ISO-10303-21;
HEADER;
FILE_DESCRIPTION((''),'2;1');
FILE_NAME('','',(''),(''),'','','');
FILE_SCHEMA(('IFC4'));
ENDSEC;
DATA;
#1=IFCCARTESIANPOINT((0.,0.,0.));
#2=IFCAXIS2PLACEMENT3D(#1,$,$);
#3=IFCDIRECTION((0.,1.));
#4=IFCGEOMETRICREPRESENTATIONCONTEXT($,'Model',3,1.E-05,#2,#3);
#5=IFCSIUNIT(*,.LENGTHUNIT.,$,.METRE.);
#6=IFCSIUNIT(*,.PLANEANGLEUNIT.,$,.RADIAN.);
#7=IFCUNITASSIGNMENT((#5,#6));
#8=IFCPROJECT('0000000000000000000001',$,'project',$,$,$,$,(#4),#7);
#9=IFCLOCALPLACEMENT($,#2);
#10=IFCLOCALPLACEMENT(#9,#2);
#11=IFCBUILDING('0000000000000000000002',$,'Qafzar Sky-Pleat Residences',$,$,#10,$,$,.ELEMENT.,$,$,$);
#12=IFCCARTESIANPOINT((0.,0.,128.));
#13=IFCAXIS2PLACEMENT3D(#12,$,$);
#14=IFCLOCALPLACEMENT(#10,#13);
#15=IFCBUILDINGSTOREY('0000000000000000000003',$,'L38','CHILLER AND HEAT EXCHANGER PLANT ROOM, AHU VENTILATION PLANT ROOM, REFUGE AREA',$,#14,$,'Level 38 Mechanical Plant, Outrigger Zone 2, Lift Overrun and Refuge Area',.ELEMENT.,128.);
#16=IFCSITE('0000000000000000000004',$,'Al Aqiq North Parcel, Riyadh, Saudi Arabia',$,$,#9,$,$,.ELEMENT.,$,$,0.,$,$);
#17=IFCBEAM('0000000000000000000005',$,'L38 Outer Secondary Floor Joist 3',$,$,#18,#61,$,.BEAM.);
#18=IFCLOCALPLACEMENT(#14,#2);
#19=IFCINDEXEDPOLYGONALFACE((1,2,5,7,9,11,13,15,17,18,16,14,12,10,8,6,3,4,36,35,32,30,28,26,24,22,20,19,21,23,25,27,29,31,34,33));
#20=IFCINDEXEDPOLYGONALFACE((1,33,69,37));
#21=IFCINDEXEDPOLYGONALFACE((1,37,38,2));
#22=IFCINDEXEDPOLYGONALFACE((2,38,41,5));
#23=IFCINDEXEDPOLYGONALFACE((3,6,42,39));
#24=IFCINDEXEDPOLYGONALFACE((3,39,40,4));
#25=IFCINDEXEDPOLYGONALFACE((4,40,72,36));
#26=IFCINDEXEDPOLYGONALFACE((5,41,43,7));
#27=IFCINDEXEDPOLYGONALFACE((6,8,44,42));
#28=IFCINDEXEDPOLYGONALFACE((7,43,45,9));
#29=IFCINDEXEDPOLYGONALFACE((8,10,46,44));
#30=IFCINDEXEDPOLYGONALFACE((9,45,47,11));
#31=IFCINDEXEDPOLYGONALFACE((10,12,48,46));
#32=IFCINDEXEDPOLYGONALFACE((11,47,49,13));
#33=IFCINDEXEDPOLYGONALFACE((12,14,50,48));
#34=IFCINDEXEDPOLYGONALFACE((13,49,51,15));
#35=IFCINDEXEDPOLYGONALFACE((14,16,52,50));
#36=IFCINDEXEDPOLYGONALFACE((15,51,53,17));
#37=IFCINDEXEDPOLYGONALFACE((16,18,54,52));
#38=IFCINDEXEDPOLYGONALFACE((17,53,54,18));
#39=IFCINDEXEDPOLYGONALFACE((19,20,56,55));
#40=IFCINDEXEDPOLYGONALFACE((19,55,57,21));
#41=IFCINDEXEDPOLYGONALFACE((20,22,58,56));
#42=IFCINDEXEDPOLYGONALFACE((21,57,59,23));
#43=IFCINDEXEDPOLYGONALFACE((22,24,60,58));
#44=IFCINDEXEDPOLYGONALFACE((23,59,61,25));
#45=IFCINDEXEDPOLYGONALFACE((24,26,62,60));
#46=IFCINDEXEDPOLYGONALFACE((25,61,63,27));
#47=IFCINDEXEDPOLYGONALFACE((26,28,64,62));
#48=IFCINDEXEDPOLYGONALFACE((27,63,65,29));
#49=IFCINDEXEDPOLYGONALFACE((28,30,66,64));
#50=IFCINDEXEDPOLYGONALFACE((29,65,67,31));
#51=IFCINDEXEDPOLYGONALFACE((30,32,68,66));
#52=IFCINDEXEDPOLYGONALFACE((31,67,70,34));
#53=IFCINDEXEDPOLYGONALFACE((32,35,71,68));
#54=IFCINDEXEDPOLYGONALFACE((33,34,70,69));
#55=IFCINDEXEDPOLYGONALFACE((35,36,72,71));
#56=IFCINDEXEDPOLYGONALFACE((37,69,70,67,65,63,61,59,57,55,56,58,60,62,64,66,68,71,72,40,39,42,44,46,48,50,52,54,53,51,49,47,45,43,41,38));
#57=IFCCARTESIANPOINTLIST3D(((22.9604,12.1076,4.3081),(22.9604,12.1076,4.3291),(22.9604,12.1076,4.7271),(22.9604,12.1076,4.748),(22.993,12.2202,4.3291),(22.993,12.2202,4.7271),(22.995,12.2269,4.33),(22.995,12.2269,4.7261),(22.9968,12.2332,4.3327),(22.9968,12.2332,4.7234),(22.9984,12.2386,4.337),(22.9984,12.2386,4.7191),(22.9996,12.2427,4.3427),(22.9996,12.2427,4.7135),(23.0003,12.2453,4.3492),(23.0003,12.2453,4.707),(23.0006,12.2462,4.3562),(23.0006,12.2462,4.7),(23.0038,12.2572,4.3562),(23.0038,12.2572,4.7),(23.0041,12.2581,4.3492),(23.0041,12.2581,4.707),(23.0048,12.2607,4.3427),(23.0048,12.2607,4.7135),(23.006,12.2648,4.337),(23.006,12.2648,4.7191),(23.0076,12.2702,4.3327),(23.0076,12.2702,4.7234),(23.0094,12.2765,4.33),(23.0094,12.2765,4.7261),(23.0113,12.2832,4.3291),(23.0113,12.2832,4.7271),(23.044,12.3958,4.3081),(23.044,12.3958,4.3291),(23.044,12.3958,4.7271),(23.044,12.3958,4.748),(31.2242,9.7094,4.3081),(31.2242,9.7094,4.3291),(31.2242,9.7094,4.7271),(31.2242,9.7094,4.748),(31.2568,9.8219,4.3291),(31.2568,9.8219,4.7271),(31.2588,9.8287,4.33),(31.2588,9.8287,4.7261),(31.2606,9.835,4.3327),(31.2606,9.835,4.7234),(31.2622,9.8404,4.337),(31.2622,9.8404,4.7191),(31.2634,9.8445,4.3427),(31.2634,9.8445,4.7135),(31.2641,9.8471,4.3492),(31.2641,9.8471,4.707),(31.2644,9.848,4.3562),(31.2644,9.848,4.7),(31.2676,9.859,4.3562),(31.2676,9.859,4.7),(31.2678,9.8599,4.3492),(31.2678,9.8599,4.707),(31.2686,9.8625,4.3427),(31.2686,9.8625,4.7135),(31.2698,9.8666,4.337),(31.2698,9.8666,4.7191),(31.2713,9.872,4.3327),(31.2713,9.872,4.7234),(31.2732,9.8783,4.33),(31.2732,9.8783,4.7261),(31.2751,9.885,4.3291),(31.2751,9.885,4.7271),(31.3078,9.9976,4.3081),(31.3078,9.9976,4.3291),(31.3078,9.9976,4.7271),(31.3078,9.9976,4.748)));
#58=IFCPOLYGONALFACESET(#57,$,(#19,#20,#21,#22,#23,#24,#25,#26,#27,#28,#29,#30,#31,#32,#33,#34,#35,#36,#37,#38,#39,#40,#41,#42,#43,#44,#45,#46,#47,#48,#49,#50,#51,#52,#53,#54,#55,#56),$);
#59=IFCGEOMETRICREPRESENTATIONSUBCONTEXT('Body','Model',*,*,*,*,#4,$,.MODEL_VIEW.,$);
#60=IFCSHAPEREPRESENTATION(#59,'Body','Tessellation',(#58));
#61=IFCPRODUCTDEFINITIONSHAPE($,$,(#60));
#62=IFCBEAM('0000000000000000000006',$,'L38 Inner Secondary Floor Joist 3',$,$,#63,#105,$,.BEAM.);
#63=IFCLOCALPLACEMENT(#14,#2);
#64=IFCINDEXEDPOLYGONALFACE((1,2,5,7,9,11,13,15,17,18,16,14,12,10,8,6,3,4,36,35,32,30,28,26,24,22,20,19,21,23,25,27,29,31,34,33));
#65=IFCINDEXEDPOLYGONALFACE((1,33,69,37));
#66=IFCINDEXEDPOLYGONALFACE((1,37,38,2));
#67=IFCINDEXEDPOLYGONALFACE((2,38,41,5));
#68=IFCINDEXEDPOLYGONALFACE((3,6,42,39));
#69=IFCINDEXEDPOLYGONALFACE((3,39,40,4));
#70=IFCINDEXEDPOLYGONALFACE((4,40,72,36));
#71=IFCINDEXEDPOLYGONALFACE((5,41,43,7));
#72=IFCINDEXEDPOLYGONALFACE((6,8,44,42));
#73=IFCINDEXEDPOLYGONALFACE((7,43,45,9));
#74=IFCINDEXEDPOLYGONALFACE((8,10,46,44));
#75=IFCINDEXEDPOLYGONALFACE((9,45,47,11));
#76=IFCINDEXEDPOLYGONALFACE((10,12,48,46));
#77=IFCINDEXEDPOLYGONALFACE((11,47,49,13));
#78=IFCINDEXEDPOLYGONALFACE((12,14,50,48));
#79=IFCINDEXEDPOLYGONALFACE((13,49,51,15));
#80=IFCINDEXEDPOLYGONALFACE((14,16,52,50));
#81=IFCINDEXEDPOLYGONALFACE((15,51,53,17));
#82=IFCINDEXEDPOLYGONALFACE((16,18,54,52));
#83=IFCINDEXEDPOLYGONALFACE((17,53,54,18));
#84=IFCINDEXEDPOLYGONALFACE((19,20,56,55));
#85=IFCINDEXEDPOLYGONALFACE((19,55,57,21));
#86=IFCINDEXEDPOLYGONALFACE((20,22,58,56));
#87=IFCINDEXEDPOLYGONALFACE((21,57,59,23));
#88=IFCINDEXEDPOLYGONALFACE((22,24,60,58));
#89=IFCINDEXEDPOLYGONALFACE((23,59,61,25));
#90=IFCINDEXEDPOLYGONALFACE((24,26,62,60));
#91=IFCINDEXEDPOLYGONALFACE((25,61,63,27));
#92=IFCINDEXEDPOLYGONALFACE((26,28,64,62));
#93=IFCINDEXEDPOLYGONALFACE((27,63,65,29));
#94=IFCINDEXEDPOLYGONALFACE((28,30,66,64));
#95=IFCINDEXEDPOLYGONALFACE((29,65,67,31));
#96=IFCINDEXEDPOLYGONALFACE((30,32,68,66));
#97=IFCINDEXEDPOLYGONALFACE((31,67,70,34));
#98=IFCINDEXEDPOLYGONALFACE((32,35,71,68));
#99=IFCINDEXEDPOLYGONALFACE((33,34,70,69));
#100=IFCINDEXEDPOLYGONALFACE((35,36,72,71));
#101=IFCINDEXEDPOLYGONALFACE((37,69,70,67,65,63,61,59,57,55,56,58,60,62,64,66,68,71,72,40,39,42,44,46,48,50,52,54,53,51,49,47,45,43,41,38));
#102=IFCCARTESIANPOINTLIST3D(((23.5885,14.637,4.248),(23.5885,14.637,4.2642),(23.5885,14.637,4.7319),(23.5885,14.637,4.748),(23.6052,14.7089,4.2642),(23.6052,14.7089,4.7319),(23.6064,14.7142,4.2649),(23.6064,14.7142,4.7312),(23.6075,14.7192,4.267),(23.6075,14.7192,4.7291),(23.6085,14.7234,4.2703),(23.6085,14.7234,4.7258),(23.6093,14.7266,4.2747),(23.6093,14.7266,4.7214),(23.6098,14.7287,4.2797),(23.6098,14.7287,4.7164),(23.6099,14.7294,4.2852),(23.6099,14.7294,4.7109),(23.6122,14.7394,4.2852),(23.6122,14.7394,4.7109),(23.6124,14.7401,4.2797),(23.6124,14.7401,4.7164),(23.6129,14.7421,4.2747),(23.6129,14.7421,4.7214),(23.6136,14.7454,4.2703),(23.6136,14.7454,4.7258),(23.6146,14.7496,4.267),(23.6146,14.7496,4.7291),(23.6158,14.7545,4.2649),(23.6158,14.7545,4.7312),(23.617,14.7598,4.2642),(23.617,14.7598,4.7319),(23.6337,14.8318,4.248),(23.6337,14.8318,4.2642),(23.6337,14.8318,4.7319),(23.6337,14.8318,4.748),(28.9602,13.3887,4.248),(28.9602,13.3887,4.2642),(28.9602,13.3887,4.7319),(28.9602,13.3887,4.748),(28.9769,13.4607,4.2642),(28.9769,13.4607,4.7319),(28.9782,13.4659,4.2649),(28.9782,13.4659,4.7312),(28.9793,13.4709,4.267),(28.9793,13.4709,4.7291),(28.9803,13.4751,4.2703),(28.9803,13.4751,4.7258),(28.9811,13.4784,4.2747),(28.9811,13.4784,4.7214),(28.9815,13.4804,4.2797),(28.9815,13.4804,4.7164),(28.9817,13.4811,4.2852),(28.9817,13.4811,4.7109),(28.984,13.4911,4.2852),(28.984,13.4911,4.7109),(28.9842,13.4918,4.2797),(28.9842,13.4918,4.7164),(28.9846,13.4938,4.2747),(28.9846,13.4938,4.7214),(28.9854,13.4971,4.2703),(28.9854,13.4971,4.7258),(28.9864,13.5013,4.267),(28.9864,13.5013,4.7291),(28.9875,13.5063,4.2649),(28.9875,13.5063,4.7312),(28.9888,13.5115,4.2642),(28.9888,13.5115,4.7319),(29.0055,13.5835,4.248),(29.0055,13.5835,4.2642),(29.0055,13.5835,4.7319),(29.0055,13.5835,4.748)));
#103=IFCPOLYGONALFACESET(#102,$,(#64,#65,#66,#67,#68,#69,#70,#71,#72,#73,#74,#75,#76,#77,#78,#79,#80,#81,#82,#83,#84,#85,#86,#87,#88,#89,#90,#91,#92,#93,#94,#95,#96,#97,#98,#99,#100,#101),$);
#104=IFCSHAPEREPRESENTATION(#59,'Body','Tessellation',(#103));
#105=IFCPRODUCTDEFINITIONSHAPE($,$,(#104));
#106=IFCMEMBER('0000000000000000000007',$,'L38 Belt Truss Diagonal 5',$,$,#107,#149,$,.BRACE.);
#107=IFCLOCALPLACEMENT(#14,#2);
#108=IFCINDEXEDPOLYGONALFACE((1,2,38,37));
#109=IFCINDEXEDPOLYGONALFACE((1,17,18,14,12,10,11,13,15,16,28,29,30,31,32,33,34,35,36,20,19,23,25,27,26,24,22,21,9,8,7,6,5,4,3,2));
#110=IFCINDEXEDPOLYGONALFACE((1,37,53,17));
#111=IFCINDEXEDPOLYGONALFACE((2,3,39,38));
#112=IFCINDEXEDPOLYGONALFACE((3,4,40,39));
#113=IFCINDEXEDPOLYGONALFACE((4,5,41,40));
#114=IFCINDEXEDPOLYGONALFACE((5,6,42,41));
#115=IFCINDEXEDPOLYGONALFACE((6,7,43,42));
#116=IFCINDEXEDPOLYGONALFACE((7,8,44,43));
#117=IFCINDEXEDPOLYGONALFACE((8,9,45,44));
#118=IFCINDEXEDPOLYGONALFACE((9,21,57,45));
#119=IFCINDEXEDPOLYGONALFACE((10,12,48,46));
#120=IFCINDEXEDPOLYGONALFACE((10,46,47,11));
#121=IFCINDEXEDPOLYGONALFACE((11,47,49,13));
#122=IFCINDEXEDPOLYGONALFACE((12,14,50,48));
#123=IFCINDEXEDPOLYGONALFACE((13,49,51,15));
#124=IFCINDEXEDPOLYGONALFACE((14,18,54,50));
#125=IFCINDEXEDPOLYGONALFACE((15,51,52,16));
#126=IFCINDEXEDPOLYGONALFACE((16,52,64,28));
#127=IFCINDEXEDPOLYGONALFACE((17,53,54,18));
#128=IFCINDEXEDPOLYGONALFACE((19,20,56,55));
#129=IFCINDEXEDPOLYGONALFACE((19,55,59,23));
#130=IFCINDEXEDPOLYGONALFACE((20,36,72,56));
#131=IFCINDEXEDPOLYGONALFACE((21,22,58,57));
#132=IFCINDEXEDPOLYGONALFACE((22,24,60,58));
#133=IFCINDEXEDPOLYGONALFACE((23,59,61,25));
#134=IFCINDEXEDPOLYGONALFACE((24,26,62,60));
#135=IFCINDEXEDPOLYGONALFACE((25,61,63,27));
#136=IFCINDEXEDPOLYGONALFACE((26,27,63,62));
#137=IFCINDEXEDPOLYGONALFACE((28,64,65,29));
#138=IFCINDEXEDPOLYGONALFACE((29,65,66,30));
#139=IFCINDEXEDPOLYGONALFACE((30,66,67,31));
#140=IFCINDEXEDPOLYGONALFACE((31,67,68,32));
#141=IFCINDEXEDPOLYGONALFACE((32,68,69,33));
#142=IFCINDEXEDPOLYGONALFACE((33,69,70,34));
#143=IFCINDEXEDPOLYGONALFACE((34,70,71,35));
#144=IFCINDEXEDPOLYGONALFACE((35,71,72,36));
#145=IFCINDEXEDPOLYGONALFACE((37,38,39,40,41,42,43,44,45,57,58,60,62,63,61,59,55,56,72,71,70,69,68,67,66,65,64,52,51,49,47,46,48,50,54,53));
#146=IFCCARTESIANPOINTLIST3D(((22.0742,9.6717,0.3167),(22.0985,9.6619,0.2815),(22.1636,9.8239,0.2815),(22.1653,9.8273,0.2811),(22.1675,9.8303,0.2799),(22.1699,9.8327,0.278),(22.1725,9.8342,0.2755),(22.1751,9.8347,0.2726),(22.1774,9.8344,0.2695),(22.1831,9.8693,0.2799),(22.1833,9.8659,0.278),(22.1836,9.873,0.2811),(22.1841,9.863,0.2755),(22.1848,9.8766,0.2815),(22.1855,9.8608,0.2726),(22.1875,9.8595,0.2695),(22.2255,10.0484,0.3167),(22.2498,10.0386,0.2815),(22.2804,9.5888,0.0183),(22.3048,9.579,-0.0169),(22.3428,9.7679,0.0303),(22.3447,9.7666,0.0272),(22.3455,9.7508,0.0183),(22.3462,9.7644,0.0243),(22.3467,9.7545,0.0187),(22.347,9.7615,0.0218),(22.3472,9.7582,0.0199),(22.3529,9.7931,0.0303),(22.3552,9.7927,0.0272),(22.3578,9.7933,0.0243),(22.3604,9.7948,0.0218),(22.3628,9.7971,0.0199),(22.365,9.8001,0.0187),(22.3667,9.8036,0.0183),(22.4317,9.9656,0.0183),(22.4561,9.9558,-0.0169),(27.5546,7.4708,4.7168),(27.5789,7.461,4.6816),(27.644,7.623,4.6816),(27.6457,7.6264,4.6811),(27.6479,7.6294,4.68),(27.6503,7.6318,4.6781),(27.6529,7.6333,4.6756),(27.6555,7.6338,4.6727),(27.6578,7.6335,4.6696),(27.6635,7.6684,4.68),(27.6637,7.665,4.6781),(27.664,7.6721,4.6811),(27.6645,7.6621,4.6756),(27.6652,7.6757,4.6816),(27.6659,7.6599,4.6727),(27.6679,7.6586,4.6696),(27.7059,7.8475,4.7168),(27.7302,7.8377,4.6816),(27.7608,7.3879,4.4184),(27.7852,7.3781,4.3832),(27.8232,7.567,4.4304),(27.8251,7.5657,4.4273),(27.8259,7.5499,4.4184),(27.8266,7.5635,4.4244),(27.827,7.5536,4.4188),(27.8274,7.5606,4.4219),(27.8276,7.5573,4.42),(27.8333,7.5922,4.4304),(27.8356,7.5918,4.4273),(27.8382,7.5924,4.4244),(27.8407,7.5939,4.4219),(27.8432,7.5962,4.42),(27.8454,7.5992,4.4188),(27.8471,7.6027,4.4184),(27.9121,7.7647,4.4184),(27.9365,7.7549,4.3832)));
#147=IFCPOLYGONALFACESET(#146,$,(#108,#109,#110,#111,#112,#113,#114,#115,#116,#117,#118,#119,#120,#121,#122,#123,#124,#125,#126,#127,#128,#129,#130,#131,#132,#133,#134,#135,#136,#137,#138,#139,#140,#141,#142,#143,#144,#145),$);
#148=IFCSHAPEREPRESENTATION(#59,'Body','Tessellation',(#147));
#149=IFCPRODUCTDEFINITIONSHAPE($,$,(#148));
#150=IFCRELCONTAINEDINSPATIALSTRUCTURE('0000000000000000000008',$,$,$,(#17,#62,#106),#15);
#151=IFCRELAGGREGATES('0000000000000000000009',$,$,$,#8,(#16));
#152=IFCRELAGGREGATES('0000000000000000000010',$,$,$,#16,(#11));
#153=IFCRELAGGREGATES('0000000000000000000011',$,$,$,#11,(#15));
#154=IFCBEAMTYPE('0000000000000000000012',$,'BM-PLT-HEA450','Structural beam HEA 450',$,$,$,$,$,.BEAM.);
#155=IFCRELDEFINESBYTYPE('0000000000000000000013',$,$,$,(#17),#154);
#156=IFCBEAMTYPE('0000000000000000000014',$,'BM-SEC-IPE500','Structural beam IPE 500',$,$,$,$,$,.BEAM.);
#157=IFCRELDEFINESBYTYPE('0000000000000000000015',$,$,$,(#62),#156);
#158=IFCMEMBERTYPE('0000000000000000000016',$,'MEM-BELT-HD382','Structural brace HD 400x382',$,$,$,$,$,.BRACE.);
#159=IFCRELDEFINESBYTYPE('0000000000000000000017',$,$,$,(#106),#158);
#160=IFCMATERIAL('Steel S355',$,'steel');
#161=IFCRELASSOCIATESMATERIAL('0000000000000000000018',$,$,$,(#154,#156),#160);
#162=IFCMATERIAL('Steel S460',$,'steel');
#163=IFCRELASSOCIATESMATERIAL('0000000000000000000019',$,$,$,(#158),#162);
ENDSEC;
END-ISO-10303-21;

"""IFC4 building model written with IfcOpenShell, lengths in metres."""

from ifc_helpers import new_model, si_unit, direction, frame, origin, origin_2d, place, context, subcontext, project, spatial, i_section, extrude, source, transform, mapped, material, material_profile, profile_set, type_object, element, save


model = new_model("IFC4")

# Units and contexts
model_context = context("Model", 3, precision=1e-05, world=origin(), true_north=direction((0.0, 1.0)))
body_context = subcontext(model_context, "Body", "Model", "MODEL_VIEW")
ifc_project = project(units=[si_unit("LENGTHUNIT", "METRE"), si_unit("PLANEANGLEUNIT", "RADIAN")], contexts=[model_context])

# Site, building, storey
site_placement = place(None, origin())
site = spatial("IfcSite", under=ifc_project, at=site_placement, Name="Al Aqiq North Parcel, Riyadh, Saudi Arabia", CompositionType="ELEMENT", RefElevation=0.0)
building_placement = place(site_placement, origin())
building = spatial("IfcBuilding", under=site, at=building_placement, Name="Qafzar Sky-Pleat Residences", CompositionType="ELEMENT")
storey_placement = place(building_placement, frame((0.0, 0.0, 128.0)))
storey = spatial("IfcBuildingStorey", under=building, at=storey_placement, Name="L38", Description="CHILLER AND HEAT EXCHANGER PLANT ROOM, AHU VENTILATION PLANT ROOM, REFUGE AREA", LongName="Level 38 Mechanical Plant, Outrigger Zone 2, Lift Overrun and Refuge Area", CompositionType="ELEMENT", Elevation=128.0)

# Shared definitions
ifc_material_1 = material(Name="Steel S460", Category="steel")

# Beams
ifc_material_2 = material(Name="Steel S355", Category="steel")
ifc_material_profile_1 = material_profile(ifc_material_2, i_section(OverallWidth=0.3, OverallDepth=0.4399, WebThickness=0.0115, FlangeThickness=0.021, FilletRadius=0.0271, at=origin_2d()), Name="HEA 450")
ifc_profile_set_1 = profile_set([ifc_material_profile_1], Name="Steel S355")
beam_type_1 = type_object("IfcBeamType", Name="BM-PLT-HEA450", Description="Structural beam HEA 450", PredefinedType="BEAM", material=ifc_profile_set_1)
shared_shape_1 = source(origin(), body_context, "Body", "SweptSolid", [
    extrude(i_section(OverallWidth=0.3, OverallDepth=0.4399, WebThickness=0.0115, FlangeThickness=0.021, FilletRadius=0.0271, at=origin_2d()), origin(), (0.0, 0.0, 1.0), 8.6047),
])
beam_1_placement = place(storey_placement, frame((23.0022, 12.2517, 4.5281), z_axis=(0.960375, -0.27871, 0.0), x_axis=(0.27871, 0.960375, 0.0)))
element("IfcBeam", 1, at=beam_1_placement, inside=storey, type_object=beam_type_1, Name="L38 Outer Secondary Floor Joist 3", PredefinedType="BEAM", context=body_context, shape_type="MappedRepresentation", body=[
    mapped(shared_shape_1, transform((0.0, 0.0, 0.0), x_axis=(1.0, 0.0, 0.0), y_axis=(0.0, 1.0, 0.0), z_axis=(0.0, 0.0, 1.0), scale=1.0)),
])
ifc_material_profile_2 = material_profile(ifc_material_2, i_section(OverallWidth=0.2, OverallDepth=0.5, WebThickness=0.0103, FlangeThickness=0.0161, FilletRadius=0.021, at=origin_2d()), Name="IPE 500")
ifc_profile_set_2 = profile_set([ifc_material_profile_2], Name="Steel S355")
beam_type_2 = type_object("IfcBeamType", Name="BM-SEC-IPE500", Description="Structural beam IPE 500", PredefinedType="BEAM", material=ifc_profile_set_2)
shared_shape_2 = source(origin(), body_context, "Body", "SweptSolid", [
    extrude(i_section(OverallWidth=0.2, OverallDepth=0.5, WebThickness=0.0103, FlangeThickness=0.0161, FilletRadius=0.021, at=origin_2d()), origin(), (0.0, 0.0, 1.0), 5.5149),
])
beam_2_placement = place(storey_placement, frame((23.6111, 14.7344, 4.498), z_axis=(0.974047, -0.226346, 0.0), x_axis=(0.226346, 0.974047, 0.0)))
element("IfcBeam", 2, at=beam_2_placement, inside=storey, type_object=beam_type_2, Name="L38 Inner Secondary Floor Joist 3", PredefinedType="BEAM", context=body_context, shape_type="MappedRepresentation", body=[
    mapped(shared_shape_2, transform((0.0, 0.0, 0.0), x_axis=(1.0, 0.0, 0.0), y_axis=(0.0, 1.0, 0.0), z_axis=(0.0, 0.0, 1.0), scale=1.0)),
])

# Member
ifc_material_profile_3 = material_profile(ifc_material_1, i_section(OverallWidth=0.406, OverallDepth=0.416, WebThickness=0.0271, FlangeThickness=0.0439, FilletRadius=0.0149, at=origin_2d()), Name="HD 400x382")
ifc_profile_set_3 = profile_set([ifc_material_profile_3], Name="Steel S460")
member_type_1 = type_object("IfcMemberType", Name="MEM-BELT-HD382", Description="Structural brace HD 400x382", PredefinedType="BRACE", material=ifc_profile_set_3)
shared_shape_3 = source(origin(), body_context, "Body", "SweptSolid", [
    extrude(i_section(OverallWidth=0.406, OverallDepth=0.416, WebThickness=0.0271, FlangeThickness=0.0439, FilletRadius=0.0149, at=origin_2d()), origin(), (0.0, 0.0, 1.0), 7.3647),
])
member_1_placement = place(storey_placement, frame((22.2651, 9.8137, 0.1499), z_axis=(0.744139, -0.298842, 0.597453), x_axis=(0.372666, 0.927965, 0.0)))
element("IfcMember", 3, at=member_1_placement, inside=storey, type_object=member_type_1, Name="L38 Belt Truss Diagonal 5", PredefinedType="BRACE", context=body_context, shape_type="MappedRepresentation", body=[
    mapped(shared_shape_3, transform((0.0, 0.0, 0.0), x_axis=(1.0, 0.0, 0.0), y_axis=(0.0, 1.0, 0.0), z_axis=(0.0, 0.0, 1.0), scale=1.0)),
])

save(model, "model.ifc")
